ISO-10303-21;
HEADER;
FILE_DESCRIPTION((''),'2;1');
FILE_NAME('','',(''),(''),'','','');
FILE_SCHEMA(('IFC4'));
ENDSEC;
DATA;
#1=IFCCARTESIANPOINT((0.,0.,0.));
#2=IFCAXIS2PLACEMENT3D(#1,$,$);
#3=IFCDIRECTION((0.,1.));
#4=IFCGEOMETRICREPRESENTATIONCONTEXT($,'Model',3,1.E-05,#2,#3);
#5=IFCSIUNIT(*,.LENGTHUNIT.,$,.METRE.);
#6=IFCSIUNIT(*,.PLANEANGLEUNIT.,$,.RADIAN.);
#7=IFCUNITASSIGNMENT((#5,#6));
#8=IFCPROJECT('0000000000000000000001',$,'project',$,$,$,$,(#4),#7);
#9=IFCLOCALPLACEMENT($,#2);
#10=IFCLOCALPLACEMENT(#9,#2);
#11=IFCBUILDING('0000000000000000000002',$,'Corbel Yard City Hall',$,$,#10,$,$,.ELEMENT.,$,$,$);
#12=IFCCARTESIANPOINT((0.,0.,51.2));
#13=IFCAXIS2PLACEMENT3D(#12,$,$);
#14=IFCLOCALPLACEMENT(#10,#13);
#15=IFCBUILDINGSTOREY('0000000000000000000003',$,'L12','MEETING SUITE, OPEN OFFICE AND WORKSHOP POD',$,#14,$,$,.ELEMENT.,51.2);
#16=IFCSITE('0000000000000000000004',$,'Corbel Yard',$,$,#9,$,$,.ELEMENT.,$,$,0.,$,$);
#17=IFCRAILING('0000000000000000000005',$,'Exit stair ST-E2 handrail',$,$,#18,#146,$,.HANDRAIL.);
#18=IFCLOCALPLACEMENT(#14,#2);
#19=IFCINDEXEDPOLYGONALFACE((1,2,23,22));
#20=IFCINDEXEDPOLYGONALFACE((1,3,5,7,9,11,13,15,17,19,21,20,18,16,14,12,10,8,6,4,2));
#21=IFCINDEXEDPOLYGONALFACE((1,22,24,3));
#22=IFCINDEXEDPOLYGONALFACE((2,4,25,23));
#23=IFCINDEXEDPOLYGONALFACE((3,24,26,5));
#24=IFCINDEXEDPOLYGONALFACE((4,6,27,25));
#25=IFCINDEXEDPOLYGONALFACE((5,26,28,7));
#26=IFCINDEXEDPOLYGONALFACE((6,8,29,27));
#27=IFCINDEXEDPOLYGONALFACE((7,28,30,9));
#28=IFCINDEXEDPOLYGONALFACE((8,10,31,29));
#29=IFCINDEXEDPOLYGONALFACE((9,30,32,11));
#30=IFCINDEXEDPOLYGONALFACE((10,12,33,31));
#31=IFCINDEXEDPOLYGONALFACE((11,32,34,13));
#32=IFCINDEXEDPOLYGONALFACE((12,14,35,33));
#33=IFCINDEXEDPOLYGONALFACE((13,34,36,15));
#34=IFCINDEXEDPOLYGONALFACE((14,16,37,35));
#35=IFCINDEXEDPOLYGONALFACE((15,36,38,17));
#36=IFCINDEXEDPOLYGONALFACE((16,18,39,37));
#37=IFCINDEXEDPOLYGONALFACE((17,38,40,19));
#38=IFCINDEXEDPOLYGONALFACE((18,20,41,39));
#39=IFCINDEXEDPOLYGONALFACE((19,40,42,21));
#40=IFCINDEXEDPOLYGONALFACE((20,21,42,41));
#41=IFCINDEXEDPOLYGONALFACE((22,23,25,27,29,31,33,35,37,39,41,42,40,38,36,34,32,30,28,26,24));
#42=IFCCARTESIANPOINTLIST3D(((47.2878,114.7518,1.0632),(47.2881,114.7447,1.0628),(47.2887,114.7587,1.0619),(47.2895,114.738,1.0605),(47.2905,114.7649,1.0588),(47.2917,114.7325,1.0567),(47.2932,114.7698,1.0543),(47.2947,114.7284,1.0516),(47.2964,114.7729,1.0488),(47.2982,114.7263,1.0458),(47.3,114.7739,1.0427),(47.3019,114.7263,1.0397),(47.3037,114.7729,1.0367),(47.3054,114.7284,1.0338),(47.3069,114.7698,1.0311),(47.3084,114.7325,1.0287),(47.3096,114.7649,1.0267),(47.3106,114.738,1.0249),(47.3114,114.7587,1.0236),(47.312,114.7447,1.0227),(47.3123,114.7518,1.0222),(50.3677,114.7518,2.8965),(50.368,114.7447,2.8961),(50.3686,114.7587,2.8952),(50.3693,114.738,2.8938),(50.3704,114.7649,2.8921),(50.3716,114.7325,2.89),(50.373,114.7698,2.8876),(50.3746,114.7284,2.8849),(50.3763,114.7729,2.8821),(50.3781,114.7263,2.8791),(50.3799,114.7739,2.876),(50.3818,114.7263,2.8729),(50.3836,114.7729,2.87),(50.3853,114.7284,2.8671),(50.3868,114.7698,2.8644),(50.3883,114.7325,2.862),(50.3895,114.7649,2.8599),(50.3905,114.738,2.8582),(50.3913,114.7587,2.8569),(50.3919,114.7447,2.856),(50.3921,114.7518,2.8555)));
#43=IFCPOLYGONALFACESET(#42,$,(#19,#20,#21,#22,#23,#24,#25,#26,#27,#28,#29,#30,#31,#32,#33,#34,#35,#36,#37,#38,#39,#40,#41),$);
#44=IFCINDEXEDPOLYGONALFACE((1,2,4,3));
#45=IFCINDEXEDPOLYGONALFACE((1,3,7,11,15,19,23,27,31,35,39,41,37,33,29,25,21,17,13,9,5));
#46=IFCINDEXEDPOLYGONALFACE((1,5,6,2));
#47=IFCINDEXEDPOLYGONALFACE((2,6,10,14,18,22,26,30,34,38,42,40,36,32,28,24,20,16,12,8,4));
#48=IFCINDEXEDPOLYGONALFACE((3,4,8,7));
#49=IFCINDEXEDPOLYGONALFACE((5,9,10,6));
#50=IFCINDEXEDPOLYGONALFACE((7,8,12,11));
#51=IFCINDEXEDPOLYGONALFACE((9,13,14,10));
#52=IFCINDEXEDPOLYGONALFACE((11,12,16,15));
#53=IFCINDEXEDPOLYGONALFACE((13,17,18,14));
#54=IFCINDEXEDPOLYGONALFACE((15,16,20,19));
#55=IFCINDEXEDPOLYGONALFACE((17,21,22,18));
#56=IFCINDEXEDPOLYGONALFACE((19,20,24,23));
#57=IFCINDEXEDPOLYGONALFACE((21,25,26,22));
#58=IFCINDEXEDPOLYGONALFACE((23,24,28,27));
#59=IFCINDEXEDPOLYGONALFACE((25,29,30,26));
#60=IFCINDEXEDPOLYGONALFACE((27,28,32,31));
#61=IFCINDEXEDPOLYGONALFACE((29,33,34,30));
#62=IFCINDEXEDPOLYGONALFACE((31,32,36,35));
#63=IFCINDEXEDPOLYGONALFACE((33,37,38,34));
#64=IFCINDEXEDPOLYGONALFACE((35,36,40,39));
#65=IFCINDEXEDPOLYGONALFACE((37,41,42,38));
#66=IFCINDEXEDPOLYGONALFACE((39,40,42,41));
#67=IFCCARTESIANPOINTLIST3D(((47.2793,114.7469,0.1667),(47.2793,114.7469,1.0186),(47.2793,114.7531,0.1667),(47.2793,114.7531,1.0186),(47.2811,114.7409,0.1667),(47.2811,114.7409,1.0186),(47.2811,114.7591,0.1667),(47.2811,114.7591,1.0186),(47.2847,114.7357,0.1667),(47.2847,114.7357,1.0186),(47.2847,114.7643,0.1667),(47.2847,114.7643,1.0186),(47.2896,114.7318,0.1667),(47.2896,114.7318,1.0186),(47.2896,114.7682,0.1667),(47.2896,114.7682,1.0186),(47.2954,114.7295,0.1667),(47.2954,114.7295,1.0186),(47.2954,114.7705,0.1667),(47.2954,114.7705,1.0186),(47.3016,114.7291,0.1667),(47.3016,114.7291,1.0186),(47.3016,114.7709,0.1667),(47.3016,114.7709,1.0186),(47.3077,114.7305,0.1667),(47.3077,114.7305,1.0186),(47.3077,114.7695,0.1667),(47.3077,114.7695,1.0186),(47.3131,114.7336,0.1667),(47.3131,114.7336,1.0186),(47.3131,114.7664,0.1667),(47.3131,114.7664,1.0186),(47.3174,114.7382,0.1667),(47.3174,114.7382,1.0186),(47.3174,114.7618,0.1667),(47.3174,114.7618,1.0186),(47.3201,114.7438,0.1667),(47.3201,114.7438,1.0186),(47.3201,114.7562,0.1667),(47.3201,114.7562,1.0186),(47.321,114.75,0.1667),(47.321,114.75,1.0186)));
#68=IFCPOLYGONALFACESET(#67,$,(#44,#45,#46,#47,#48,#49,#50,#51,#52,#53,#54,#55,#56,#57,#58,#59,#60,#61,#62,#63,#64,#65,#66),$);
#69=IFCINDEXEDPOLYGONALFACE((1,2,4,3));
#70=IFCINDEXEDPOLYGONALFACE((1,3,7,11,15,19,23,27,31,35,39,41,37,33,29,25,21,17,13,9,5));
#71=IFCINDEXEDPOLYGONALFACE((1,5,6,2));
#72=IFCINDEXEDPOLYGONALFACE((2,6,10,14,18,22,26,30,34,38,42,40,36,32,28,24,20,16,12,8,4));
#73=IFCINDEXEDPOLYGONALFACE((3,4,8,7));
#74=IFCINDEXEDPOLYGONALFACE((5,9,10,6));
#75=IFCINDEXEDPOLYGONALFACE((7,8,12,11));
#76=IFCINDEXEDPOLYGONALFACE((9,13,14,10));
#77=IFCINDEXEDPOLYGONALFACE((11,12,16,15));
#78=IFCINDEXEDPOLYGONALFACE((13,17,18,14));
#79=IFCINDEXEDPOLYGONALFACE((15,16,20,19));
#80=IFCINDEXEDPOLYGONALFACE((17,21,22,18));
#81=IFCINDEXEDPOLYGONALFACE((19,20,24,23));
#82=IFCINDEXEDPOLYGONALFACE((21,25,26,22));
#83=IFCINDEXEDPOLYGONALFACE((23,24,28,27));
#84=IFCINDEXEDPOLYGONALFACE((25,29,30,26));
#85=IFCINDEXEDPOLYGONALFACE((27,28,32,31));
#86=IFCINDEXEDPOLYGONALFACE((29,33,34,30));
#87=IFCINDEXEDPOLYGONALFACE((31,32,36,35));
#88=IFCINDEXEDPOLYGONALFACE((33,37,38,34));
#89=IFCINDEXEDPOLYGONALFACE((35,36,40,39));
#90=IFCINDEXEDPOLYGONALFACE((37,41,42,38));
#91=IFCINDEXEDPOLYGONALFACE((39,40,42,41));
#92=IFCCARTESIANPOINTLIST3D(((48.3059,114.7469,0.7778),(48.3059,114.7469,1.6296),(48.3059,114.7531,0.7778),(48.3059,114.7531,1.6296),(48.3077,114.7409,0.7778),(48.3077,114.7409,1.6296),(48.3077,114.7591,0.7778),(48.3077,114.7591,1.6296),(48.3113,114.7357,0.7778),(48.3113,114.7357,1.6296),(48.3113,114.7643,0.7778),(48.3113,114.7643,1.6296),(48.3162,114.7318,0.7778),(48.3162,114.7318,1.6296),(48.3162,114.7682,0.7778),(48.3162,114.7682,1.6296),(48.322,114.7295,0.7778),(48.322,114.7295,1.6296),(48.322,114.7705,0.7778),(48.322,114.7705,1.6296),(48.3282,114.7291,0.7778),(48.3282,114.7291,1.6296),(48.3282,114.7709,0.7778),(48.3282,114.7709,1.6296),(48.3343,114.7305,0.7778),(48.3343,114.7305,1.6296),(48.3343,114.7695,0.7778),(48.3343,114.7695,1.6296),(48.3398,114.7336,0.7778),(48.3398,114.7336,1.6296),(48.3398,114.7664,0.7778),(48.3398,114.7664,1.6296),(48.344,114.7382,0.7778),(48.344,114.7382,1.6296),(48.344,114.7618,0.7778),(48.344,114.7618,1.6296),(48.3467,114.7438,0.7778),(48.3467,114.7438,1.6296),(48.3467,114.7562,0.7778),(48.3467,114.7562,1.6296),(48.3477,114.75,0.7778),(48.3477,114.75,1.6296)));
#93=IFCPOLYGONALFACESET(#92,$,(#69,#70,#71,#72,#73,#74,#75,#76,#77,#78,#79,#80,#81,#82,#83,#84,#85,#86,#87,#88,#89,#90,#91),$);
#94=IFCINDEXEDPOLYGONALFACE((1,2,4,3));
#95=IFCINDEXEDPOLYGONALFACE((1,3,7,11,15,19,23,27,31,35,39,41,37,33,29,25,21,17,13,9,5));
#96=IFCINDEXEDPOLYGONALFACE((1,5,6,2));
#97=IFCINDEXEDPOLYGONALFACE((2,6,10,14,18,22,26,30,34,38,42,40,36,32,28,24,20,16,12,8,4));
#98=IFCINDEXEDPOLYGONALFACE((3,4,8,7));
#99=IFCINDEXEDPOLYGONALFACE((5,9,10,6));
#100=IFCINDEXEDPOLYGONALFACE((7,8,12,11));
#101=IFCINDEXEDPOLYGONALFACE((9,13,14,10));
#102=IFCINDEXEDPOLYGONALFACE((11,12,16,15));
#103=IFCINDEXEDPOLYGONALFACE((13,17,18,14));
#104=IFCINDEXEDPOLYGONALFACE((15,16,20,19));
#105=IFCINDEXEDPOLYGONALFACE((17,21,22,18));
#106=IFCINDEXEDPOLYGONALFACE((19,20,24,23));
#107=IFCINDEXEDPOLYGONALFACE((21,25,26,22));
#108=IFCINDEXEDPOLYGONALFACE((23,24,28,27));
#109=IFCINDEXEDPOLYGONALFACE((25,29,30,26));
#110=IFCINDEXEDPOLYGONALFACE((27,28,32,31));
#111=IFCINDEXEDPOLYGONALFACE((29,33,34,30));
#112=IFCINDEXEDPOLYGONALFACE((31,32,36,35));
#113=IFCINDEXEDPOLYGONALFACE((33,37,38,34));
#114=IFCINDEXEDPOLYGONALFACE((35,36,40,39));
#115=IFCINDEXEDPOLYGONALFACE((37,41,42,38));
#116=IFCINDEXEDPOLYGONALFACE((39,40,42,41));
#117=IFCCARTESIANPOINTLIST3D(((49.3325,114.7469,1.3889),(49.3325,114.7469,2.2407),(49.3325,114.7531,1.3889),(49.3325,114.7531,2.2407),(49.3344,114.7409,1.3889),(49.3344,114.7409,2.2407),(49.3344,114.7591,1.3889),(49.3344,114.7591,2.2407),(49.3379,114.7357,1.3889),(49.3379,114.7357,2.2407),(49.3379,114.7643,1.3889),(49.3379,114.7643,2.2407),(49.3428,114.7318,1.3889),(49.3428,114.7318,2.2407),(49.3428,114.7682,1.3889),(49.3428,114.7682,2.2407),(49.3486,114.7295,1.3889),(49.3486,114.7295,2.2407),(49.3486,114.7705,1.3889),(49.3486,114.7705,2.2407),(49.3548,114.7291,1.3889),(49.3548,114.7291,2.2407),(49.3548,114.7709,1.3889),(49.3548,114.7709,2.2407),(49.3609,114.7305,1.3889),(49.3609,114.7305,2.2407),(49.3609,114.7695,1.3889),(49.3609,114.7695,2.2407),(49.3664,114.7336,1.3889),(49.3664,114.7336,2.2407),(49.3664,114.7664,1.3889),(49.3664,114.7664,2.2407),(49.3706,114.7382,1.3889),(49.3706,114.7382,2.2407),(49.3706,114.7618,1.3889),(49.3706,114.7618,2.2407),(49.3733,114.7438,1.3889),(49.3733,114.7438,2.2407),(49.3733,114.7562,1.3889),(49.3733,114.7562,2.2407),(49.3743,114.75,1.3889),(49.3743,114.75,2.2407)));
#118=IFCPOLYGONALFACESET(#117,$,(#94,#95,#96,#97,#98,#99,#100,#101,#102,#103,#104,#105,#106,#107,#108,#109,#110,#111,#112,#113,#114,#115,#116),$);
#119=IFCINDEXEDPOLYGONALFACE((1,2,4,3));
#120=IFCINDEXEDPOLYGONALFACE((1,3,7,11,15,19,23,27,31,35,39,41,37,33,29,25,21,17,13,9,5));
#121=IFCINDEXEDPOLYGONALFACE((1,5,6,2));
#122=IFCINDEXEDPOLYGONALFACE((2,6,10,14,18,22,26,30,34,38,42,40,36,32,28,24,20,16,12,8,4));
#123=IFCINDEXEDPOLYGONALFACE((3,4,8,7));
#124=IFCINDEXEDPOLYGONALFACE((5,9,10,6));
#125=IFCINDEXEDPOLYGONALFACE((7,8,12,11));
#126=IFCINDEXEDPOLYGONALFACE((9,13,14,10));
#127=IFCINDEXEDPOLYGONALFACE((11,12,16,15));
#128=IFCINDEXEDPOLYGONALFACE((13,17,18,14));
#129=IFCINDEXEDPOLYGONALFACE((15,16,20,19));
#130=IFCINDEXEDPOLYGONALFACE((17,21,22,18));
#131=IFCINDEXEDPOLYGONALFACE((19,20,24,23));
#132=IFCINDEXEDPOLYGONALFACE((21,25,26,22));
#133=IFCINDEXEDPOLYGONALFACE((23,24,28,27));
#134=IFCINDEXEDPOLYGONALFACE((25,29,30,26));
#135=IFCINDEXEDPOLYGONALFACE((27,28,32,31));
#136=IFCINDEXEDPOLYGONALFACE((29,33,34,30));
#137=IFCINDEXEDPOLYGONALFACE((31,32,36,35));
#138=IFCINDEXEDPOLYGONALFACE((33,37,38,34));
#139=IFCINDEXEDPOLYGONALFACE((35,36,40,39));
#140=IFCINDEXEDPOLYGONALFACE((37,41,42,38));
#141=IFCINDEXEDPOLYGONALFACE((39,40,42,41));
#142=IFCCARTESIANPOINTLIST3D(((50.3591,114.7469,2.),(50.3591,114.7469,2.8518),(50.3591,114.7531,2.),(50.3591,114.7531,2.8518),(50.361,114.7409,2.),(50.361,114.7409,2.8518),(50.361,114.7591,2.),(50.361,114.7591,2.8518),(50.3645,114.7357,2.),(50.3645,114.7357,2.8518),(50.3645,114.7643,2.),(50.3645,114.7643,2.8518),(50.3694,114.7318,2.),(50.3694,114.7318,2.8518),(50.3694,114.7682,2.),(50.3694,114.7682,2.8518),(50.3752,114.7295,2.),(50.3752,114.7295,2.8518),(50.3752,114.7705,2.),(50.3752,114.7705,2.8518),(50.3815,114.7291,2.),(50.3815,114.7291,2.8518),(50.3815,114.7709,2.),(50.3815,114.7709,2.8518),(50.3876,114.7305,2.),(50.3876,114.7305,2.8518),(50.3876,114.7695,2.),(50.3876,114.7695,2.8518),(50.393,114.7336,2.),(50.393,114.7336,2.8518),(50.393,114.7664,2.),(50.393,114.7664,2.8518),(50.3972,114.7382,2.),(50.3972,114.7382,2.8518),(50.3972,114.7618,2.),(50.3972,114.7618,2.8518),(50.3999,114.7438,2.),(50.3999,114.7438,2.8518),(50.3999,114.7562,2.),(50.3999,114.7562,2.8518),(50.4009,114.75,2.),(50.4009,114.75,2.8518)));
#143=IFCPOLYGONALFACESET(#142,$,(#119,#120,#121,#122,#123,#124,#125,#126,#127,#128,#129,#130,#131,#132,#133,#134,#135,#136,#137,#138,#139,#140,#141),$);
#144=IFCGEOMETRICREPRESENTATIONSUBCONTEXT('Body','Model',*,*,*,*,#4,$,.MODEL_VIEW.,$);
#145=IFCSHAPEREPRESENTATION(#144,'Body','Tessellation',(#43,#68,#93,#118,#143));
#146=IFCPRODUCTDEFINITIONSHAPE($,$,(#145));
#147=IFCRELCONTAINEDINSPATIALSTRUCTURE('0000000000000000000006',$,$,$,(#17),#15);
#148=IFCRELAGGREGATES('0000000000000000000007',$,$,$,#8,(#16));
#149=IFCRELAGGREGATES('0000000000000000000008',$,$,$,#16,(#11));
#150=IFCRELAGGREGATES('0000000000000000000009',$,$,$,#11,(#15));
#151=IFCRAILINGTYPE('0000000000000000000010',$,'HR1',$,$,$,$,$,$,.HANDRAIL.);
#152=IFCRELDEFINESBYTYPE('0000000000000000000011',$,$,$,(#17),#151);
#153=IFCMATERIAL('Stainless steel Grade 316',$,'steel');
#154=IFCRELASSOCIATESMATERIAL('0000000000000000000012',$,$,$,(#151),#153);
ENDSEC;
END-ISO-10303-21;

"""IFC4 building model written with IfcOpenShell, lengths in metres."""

from ifc_helpers import new_model, si_unit, direction, frame, origin, origin_2d, place, context, subcontext, project, spatial, circle, extrude, material, type_object, element, save


model = new_model("IFC4")

# Units and contexts
model_context = context("Model", 3, precision=1e-05, world=origin(), true_north=direction((0.0, 1.0)))
body_context = subcontext(model_context, "Body", "Model", "MODEL_VIEW")
ifc_project = project(units=[si_unit("LENGTHUNIT", "METRE"), si_unit("PLANEANGLEUNIT", "RADIAN")], contexts=[model_context])

# Site, building, storey
site_placement = place(None, origin())
site = spatial("IfcSite", under=ifc_project, at=site_placement, Name="Corbel Yard", CompositionType="ELEMENT", RefElevation=0.0)
building_placement = place(site_placement, origin())
building = spatial("IfcBuilding", under=site, at=building_placement, Name="Corbel Yard City Hall", CompositionType="ELEMENT")
storey_placement = place(building_placement, frame((0.0, 0.0, 51.2)))
storey = spatial("IfcBuildingStorey", under=building, at=storey_placement, Name="L12", Description="MEETING SUITE, OPEN OFFICE AND WORKSHOP POD", CompositionType="ELEMENT", Elevation=51.2)

# Railing
ifc_material_1 = material(Name="Stainless steel Grade 316", Category="steel")
railing_type = type_object("IfcRailingType", Name="HR1", PredefinedType="HANDRAIL", material=ifc_material_1)
for number, where, name in (
    (1, (47.3, 114.75, 0.1667), "Exit stair ST-E2 handrail"),
):
    element("IfcRailing", number, at=place(storey_placement, frame(where)), inside=storey, type_object=railing_type, Name=name, PredefinedType="HANDRAIL", context=body_context, shape_type="SweptSolid", body=[
        extrude(circle(Radius=0.0239, at=origin_2d()), frame((0.0, 0.0, 0.876), z_axis=(0.859291, 0.0, 0.511487), x_axis=(0.0, 1.0, 0.0)), (0.0, 0.0, 1.0), 3.5842),
        extrude(circle(Radius=0.021, at=origin_2d()), origin(), (0.0, 0.0, 1.0), 0.8518),
        extrude(circle(Radius=0.021, at=origin_2d()), frame((1.0266, 0.0, 0.6111)), (0.0, 0.0, 1.0), 0.8518),
        extrude(circle(Radius=0.021, at=origin_2d()), frame((2.0532, 0.0, 1.2222)), (0.0, 0.0, 1.0), 0.8518),
        extrude(circle(Radius=0.021, at=origin_2d()), frame((3.0798, 0.0, 1.8333)), (0.0, 0.0, 1.0), 0.8518),
    ])

save(model, "model.ifc")
